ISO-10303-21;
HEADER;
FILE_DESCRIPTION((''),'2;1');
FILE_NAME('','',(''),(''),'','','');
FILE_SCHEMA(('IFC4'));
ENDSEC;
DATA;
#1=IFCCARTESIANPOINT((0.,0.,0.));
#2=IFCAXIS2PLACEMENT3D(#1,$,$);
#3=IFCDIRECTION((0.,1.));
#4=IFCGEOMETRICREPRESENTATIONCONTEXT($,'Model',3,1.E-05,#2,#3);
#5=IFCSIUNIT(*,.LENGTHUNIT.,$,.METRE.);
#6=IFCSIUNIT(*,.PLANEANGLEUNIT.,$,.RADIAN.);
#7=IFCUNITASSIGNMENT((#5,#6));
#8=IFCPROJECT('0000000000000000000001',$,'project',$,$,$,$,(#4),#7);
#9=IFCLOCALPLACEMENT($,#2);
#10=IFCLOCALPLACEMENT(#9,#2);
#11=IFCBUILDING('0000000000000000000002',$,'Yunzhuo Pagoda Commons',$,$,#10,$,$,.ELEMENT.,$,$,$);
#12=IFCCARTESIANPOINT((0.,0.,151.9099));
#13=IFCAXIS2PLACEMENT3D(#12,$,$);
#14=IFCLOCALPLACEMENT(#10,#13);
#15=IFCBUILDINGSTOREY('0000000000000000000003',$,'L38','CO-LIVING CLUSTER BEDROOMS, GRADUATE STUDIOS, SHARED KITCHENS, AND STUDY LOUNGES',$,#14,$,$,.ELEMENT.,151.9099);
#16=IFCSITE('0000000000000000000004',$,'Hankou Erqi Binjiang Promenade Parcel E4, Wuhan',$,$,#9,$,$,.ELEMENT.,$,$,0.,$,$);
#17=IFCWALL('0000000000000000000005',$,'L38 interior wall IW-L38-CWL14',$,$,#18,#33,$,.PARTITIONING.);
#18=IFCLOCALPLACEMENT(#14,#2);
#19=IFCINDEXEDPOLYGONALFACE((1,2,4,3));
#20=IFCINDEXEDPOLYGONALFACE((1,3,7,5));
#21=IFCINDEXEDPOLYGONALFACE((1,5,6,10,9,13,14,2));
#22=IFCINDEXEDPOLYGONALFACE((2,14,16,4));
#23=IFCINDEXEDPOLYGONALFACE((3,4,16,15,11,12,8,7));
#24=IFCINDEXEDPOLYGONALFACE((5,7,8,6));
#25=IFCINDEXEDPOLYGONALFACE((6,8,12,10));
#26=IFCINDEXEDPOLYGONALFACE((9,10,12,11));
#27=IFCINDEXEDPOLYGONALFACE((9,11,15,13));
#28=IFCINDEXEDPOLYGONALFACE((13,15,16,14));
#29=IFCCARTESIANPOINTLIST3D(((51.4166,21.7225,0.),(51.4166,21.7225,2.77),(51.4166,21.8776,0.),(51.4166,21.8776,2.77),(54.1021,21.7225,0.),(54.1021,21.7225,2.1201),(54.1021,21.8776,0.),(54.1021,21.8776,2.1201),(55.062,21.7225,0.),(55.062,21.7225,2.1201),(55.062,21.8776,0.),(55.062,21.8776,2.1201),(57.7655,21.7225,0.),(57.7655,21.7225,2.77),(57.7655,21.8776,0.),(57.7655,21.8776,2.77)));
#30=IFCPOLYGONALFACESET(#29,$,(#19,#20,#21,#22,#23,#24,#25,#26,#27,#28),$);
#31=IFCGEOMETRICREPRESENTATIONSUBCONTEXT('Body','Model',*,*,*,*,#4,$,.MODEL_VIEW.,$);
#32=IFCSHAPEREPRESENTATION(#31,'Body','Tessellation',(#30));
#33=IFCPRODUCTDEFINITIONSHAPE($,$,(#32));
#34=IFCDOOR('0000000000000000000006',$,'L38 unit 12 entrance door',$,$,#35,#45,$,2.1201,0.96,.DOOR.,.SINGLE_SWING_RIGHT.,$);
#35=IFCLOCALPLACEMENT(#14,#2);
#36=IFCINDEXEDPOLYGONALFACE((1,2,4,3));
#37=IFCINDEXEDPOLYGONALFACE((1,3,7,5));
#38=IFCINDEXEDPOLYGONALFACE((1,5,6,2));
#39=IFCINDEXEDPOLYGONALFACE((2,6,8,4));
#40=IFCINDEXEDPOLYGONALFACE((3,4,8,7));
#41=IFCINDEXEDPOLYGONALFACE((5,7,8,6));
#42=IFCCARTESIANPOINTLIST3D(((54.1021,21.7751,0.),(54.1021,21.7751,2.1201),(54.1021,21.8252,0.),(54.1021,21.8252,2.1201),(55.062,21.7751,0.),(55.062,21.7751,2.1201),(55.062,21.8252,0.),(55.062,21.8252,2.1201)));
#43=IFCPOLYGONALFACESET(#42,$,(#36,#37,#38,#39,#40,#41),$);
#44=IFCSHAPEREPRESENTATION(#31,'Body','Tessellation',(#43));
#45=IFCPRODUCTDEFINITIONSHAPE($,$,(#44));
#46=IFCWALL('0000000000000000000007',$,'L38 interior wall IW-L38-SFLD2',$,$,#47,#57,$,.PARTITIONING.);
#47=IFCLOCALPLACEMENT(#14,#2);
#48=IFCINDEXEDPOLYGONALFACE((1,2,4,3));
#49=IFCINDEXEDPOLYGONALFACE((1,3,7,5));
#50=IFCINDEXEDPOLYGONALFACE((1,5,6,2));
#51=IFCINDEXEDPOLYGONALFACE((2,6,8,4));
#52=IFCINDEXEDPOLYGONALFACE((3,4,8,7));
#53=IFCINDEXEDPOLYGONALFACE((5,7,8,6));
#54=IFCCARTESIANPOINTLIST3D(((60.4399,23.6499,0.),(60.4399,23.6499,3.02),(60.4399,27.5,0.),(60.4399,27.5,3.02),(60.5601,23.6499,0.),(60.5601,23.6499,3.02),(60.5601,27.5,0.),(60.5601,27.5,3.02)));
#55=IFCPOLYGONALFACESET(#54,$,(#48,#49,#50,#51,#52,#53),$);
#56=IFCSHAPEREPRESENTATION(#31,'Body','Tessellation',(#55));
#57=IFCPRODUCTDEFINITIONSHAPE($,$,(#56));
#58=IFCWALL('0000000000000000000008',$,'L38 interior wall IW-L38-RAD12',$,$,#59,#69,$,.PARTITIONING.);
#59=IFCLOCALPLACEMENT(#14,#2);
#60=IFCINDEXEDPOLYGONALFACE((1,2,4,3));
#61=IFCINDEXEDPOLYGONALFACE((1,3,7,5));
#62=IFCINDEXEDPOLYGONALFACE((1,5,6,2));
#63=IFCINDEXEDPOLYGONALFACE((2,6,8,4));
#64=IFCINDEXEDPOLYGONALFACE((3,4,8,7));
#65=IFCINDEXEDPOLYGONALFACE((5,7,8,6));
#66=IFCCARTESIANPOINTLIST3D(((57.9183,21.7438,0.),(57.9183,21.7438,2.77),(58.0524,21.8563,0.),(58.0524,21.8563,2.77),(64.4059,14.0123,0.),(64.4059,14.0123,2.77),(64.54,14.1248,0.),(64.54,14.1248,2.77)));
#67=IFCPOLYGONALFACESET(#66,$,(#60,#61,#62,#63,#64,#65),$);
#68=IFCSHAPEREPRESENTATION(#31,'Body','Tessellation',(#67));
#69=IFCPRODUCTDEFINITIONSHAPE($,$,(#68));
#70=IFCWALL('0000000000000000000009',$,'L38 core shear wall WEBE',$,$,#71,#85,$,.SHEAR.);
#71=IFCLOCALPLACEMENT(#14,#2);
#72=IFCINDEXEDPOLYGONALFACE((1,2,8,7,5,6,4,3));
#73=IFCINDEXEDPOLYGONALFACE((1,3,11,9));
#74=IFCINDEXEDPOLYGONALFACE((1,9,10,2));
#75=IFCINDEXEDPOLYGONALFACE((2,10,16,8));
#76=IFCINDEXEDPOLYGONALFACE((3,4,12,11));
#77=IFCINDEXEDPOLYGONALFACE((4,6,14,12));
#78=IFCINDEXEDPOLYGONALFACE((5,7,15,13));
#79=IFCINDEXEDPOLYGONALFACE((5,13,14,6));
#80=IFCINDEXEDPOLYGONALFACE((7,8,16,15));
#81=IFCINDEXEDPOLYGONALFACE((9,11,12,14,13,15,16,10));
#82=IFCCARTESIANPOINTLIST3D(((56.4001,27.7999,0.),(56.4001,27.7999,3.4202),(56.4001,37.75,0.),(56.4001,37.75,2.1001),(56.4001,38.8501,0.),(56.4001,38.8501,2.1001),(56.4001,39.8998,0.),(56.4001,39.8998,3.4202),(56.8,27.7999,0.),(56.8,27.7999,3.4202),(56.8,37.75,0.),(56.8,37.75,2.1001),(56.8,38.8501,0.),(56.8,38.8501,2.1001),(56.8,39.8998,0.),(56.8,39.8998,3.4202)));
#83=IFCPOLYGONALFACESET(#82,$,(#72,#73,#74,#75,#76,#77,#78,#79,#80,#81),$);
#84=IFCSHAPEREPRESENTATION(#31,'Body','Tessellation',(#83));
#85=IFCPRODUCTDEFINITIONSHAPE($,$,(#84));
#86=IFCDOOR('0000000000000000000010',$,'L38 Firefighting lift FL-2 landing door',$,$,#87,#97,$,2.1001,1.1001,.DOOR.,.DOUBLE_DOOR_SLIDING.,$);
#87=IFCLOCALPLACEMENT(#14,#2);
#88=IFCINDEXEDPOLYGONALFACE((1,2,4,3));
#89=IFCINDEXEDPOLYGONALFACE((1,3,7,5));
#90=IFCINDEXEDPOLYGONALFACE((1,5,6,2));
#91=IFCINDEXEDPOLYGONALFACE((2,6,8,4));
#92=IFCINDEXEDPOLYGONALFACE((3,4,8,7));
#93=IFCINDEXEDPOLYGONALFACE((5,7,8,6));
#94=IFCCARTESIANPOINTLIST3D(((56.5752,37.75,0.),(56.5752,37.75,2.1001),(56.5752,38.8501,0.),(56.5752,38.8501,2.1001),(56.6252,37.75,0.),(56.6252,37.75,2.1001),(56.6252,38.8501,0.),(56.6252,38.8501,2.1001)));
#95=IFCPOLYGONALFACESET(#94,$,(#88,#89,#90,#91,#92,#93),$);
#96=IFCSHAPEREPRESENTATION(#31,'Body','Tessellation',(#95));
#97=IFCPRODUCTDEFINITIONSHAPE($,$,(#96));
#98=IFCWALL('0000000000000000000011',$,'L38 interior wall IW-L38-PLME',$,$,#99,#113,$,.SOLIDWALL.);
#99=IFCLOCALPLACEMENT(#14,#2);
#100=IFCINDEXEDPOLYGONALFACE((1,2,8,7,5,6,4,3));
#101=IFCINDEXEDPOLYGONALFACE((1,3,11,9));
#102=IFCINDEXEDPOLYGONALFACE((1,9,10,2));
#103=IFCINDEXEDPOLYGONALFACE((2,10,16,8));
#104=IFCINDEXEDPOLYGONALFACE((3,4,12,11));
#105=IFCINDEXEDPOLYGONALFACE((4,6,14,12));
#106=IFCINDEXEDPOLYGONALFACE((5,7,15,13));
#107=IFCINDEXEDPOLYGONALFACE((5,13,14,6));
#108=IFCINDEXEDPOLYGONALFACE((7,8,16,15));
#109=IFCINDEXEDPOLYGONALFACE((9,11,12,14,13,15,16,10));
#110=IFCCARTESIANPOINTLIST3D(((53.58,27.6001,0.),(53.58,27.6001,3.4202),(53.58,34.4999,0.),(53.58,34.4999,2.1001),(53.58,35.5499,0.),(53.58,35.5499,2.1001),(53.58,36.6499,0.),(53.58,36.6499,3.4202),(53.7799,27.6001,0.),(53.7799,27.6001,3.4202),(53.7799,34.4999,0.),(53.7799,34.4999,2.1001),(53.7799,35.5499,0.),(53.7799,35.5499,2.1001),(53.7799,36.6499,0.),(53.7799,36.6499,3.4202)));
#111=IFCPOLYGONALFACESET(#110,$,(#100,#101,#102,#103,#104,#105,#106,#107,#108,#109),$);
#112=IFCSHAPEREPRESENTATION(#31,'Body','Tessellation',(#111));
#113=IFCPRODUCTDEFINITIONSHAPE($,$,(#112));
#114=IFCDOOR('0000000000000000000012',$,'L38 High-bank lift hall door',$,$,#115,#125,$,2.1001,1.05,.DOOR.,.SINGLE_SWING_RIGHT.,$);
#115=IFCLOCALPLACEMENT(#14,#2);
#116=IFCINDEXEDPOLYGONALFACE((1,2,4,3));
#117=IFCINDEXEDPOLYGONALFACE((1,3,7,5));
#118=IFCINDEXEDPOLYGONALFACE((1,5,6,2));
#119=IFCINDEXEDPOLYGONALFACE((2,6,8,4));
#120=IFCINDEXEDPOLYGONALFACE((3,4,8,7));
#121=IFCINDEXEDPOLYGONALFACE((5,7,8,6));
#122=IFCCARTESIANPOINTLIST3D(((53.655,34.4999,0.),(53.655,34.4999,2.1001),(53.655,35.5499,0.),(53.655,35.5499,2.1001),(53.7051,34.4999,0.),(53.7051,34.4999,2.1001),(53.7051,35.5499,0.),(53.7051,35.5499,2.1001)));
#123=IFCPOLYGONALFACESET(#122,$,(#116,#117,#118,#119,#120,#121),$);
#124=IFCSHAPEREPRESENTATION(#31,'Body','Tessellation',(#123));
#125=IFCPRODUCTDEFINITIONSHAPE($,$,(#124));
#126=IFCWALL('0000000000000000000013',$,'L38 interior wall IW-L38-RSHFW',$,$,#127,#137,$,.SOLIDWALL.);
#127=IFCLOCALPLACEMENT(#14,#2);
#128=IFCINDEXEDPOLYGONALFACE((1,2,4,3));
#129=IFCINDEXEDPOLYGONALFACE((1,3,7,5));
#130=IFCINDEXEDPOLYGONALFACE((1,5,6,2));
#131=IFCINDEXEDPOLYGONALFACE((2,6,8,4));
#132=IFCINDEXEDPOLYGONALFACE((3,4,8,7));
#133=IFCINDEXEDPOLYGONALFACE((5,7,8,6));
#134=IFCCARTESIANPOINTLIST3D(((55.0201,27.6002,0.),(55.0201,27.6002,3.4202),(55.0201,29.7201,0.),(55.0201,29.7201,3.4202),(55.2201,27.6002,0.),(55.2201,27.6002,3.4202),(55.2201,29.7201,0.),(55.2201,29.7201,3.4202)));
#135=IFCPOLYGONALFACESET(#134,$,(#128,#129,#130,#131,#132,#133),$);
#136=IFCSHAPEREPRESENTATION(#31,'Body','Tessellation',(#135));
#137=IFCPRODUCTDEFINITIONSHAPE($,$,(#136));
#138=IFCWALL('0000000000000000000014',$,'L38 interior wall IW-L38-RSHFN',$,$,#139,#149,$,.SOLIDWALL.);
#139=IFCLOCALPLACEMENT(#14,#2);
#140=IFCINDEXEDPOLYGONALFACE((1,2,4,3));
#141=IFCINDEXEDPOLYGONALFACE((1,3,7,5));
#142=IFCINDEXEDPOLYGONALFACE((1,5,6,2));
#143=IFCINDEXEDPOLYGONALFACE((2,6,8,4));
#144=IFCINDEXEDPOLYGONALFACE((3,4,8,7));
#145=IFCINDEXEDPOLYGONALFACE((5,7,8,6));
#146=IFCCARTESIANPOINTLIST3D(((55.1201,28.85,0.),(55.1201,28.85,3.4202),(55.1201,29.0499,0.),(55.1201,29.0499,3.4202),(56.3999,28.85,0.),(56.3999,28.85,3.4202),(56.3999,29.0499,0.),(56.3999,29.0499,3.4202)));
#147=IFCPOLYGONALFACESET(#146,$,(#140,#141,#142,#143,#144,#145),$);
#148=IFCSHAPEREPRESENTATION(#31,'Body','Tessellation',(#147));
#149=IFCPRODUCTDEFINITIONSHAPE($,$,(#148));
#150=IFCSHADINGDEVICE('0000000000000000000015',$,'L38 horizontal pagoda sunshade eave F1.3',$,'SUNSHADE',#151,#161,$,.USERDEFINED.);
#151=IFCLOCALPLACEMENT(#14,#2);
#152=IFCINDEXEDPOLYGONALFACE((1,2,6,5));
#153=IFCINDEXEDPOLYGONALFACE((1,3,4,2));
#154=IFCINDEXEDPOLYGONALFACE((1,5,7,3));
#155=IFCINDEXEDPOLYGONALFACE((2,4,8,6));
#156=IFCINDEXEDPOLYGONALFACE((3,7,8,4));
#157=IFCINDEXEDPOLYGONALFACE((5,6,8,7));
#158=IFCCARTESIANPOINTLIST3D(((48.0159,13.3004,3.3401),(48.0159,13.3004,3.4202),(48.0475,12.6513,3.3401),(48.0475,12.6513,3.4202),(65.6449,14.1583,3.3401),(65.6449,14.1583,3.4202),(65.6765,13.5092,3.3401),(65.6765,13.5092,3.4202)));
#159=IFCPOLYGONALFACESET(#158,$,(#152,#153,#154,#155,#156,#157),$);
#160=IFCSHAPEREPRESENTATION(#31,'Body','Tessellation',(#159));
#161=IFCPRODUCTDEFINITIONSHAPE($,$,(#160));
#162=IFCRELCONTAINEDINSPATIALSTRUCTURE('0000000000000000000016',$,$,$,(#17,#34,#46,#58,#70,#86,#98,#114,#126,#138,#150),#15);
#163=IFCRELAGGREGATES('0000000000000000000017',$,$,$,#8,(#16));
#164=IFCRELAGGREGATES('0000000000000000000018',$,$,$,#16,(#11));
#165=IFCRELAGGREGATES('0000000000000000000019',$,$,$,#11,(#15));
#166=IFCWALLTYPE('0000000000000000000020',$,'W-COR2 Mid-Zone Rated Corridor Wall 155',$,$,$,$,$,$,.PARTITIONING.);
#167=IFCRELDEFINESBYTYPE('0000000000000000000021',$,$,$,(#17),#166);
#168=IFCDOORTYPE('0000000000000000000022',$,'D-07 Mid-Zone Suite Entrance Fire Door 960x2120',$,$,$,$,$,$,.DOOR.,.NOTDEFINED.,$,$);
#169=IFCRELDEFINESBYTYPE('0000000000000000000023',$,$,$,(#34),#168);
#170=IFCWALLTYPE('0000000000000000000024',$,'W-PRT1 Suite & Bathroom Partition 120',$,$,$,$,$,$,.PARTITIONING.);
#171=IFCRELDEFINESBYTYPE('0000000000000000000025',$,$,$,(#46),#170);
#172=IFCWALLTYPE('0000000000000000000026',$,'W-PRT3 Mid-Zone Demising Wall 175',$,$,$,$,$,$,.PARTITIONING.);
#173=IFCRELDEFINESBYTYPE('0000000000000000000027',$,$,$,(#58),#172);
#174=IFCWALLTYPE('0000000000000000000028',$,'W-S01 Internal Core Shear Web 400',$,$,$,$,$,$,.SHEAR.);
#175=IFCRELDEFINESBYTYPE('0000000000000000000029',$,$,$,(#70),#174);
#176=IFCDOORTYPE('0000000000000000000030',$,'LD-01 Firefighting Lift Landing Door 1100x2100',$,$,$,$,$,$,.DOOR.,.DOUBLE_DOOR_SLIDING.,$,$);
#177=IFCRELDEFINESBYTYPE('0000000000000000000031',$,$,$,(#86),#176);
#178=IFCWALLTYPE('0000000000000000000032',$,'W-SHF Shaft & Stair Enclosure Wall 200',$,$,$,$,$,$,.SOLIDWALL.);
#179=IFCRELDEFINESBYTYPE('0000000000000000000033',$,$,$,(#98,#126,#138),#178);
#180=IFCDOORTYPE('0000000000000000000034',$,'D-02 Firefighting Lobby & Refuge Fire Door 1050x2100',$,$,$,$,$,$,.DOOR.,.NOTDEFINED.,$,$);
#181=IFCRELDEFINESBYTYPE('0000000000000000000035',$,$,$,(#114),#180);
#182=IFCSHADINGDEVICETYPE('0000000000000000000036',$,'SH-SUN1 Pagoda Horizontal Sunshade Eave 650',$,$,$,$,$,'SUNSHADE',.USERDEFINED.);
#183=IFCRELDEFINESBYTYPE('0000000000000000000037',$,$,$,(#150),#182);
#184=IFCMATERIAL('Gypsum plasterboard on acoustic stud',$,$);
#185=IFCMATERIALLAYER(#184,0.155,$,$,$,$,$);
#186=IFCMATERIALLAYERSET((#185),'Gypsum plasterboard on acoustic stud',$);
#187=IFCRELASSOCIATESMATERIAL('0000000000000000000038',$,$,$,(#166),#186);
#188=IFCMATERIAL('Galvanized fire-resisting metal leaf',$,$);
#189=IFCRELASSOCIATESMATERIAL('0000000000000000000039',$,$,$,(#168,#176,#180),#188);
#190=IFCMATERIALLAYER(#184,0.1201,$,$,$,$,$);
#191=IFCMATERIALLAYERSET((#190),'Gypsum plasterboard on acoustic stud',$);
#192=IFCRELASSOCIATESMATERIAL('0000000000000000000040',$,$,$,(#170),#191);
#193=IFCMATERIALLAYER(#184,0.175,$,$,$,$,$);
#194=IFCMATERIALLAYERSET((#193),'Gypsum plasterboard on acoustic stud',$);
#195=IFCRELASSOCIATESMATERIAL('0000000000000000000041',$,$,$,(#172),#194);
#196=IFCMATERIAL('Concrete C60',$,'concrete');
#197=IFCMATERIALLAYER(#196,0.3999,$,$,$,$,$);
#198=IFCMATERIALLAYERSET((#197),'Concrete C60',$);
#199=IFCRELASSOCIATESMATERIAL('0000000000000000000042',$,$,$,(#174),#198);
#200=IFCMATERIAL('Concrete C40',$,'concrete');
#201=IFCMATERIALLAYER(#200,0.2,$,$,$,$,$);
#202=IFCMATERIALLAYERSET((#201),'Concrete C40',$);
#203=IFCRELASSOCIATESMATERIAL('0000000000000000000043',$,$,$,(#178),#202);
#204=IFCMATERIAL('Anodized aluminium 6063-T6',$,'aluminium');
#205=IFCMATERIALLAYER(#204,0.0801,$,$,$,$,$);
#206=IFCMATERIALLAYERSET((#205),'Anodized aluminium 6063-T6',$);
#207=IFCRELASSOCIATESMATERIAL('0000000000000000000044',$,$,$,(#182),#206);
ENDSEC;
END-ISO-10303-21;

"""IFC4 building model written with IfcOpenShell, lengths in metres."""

from ifc_helpers import new_model, si_unit, direction, frame, frame_2d, origin, origin_with_axes, origin_2d, place, context, subcontext, project, spatial, rectangle, extrude, source, transform, mapped, material, layer, layer_set, type_object, element, fill, save


model = new_model("IFC4")

# Units and contexts
model_context = context("Model", 3, precision=1e-05, world=origin(), true_north=direction((0.0, 1.0)))
body_context = subcontext(model_context, "Body", "Model", "MODEL_VIEW")
ifc_project = project(units=[si_unit("LENGTHUNIT", "METRE"), si_unit("PLANEANGLEUNIT", "RADIAN")], contexts=[model_context])

# Site, building, storey
site_placement = place(None, origin())
site = spatial("IfcSite", under=ifc_project, at=site_placement, Name="Hankou Erqi Binjiang Promenade Parcel E4, Wuhan", CompositionType="ELEMENT", RefElevation=0.0)
building_placement = place(site_placement, origin())
building = spatial("IfcBuilding", under=site, at=building_placement, Name="Yunzhuo Pagoda Commons", CompositionType="ELEMENT")
storey_placement = place(building_placement, frame((0.0, 0.0, 151.9099)))
storey = spatial("IfcBuildingStorey", under=building, at=storey_placement, Name="L38", Description="CO-LIVING CLUSTER BEDROOMS, GRADUATE STUDIOS, SHARED KITCHENS, AND STUDY LOUNGES", CompositionType="ELEMENT", Elevation=151.9099)

# Shared definitions
ifc_material_1 = material(Name="Anodized aluminium 6063-T6", Category="aluminium")

# Shared definitions
ifc_material_2 = material(Name="Concrete C60", Category="concrete")

# Wall, opening, door
ifc_material_3 = material(Name="Gypsum plasterboard on acoustic stud")
ifc_layer_1 = layer(ifc_material_3, 0.155)
ifc_layer_set_1 = layer_set([ifc_layer_1], Name="Gypsum plasterboard on acoustic stud")
wall_type_1 = type_object("IfcWallType", Name="W-COR2 Mid-Zone Rated Corridor Wall 155", PredefinedType="PARTITIONING", material=ifc_layer_set_1)
wall_1_placement = place(storey_placement, frame((57.7654, 21.8, 0.0), z_axis=(0.0, 0.0, 1.0), x_axis=(-1.0, 0.0, 0.0)))
wall_1 = element("IfcWall", 1, at=wall_1_placement, inside=storey, type_object=wall_type_1, Name="L38 interior wall IW-L38-CWL14", PredefinedType="PARTITIONING", context=body_context, shape_type="SweptSolid", body=[
    extrude(rectangle(XDim=6.3489, YDim=0.155, at=frame_2d((3.1743, 0.0))), origin(), (0.0, 0.0, 1.0), 2.77),
])
opening_1_placement = place(wall_1_placement, frame((2.7034, 0.0, 0.0)))
opening_1 = element("IfcOpeningElement", 2, at=opening_1_placement, cuts=wall_1, PredefinedType="OPENING", context=body_context, shape_type="SweptSolid", body=[
    extrude(rectangle(XDim=0.96, YDim=2.1201, at=frame_2d((0.48, 1.0601))), frame((0.0, 0.0874, 0.0), z_axis=(0.0, -1.0, 0.0), x_axis=(1.0, 0.0, 0.0)), (0.0, 0.0, 1.0), 0.175),
])
ifc_material_4 = material(Name="Galvanized fire-resisting metal leaf")
door_type_1 = type_object("IfcDoorType", Name="D-07 Mid-Zone Suite Entrance Fire Door 960x2120", OperationType="NOTDEFINED", PredefinedType="DOOR", material=ifc_material_4)
shared_shape_1 = source(origin(), body_context, "Body", "SweptSolid", [
    extrude(rectangle(XDim=0.96, YDim=2.1201, at=frame_2d((0.48, 1.0601))), frame((0.0, 0.0249, 0.0), z_axis=(0.0, -1.0, 0.0), x_axis=(1.0, 0.0, 0.0)), (0.0, 0.0, 1.0), 0.05),
])
door_1_placement = place(opening_1_placement, origin_with_axes())
door_1 = element("IfcDoor", 3, at=door_1_placement, inside=storey, type_object=door_type_1, Name="L38 unit 12 entrance door", OperationType="SINGLE_SWING_RIGHT", OverallHeight=2.1201, OverallWidth=0.96, PredefinedType="DOOR", context=body_context, shape_type="MappedRepresentation", body=[
    mapped(shared_shape_1, transform((0.0, 0.0, 0.0), scale=1.0)),
])
fill(opening_1, door_1)

# Walls
ifc_layer_2 = layer(ifc_material_3, 0.1201)
ifc_layer_set_2 = layer_set([ifc_layer_2], Name="Gypsum plasterboard on acoustic stud")
wall_type_2 = type_object("IfcWallType", Name="W-PRT1 Suite & Bathroom Partition 120", PredefinedType="PARTITIONING", material=ifc_layer_set_2)
wall_2_placement = place(storey_placement, frame((60.5, 23.6499, 0.0), z_axis=(0.0, 0.0, 1.0), x_axis=(0.0, 1.0, 0.0)))
element("IfcWall", 4, at=wall_2_placement, inside=storey, type_object=wall_type_2, Name="L38 interior wall IW-L38-SFLD2", PredefinedType="PARTITIONING", context=body_context, shape_type="SweptSolid", body=[
    extrude(rectangle(XDim=3.8501, YDim=0.1201, at=frame_2d((1.925, 0.0))), origin(), (0.0, 0.0, 1.0), 3.02),
])
ifc_layer_3 = layer(ifc_material_3, 0.175)
ifc_layer_set_3 = layer_set([ifc_layer_3], Name="Gypsum plasterboard on acoustic stud")
wall_type_3 = type_object("IfcWallType", Name="W-PRT3 Mid-Zone Demising Wall 175", PredefinedType="PARTITIONING", material=ifc_layer_set_3)
wall_3_placement = place(storey_placement, frame((57.9854, 21.8, 0.0), z_axis=(0.0, 0.0, 1.0), x_axis=(0.642793, -0.76604, 0.0)))
element("IfcWall", 5, at=wall_3_placement, inside=storey, type_object=wall_type_3, Name="L38 interior wall IW-L38-RAD12", PredefinedType="PARTITIONING", context=body_context, shape_type="SweptSolid", body=[
    extrude(rectangle(XDim=10.0928, YDim=0.175, at=frame_2d((5.0464, 0.0))), origin(), (0.0, 0.0, 1.0), 2.77),
])

# Walls, openings, doors
ifc_layer_4 = layer(ifc_material_2, 0.3999)
ifc_layer_set_4 = layer_set([ifc_layer_4], Name="Concrete C60")
wall_type_4 = type_object("IfcWallType", Name="W-S01 Internal Core Shear Web 400", PredefinedType="SHEAR", material=ifc_layer_set_4)
wall_4_placement = place(storey_placement, frame((56.6001, 27.8, 0.0), z_axis=(0.0, 0.0, 1.0), x_axis=(0.0, 1.0, 0.0)))
wall_4 = element("IfcWall", 6, at=wall_4_placement, inside=storey, type_object=wall_type_4, Name="L38 core shear wall WEBE", PredefinedType="SHEAR", context=body_context, shape_type="SweptSolid", body=[
    extrude(rectangle(XDim=12.0999, YDim=0.3999, at=frame_2d((6.0498, 0.0))), origin(), (0.0, 0.0, 1.0), 3.4202),
])
opening_2_placement = place(wall_4_placement, frame((9.95, 0.0, 0.0)))
opening_2 = element("IfcOpeningElement", 7, at=opening_2_placement, cuts=wall_4, PredefinedType="OPENING", context=body_context, shape_type="SweptSolid", body=[
    extrude(rectangle(XDim=1.1001, YDim=2.1001, at=frame_2d((0.55, 1.05))), frame((0.0, 0.21, 0.0), z_axis=(0.0, -1.0, 0.0), x_axis=(1.0, 0.0, 0.0)), (0.0, 0.0, 1.0), 0.4199),
])
door_type_2 = type_object("IfcDoorType", Name="LD-01 Firefighting Lift Landing Door 1100x2100", OperationType="DOUBLE_DOOR_SLIDING", PredefinedType="DOOR", material=ifc_material_4)
shared_shape_2 = source(origin(), body_context, "Body", "SweptSolid", [
    extrude(rectangle(XDim=1.1001, YDim=2.1001, at=frame_2d((0.55, 1.05))), frame((0.0, 0.0249, 0.0), z_axis=(0.0, -1.0, 0.0), x_axis=(1.0, 0.0, 0.0)), (0.0, 0.0, 1.0), 0.05),
])
door_2_placement = place(opening_2_placement, origin_with_axes())
door_2 = element("IfcDoor", 8, at=door_2_placement, inside=storey, type_object=door_type_2, Name="L38 Firefighting lift FL-2 landing door", OperationType="DOUBLE_DOOR_SLIDING", OverallHeight=2.1001, OverallWidth=1.1001, PredefinedType="DOOR", context=body_context, shape_type="MappedRepresentation", body=[
    mapped(shared_shape_2, transform((0.0, 0.0, 0.0), scale=1.0)),
])
fill(opening_2, door_2)
ifc_material_5 = material(Name="Concrete C40", Category="concrete")
ifc_layer_5 = layer(ifc_material_5, 0.2)
ifc_layer_set_5 = layer_set([ifc_layer_5], Name="Concrete C40")
wall_type_5 = type_object("IfcWallType", Name="W-SHF Shaft & Stair Enclosure Wall 200", PredefinedType="SOLIDWALL", material=ifc_layer_set_5)
wall_5_placement = place(storey_placement, frame((53.6799, 27.6001, 0.0), z_axis=(0.0, 0.0, 1.0), x_axis=(0.0, 1.0, 0.0)))
wall_5 = element("IfcWall", 9, at=wall_5_placement, inside=storey, type_object=wall_type_5, Name="L38 interior wall IW-L38-PLME", PredefinedType="SOLIDWALL", context=body_context, shape_type="SweptSolid", body=[
    extrude(rectangle(XDim=9.0498, YDim=0.2, at=frame_2d((4.5249, 0.0))), origin(), (0.0, 0.0, 1.0), 3.4202),
])
opening_3_placement = place(wall_5_placement, frame((6.8999, 0.0, 0.0)))
opening_3 = element("IfcOpeningElement", 10, at=opening_3_placement, cuts=wall_5, PredefinedType="OPENING", context=body_context, shape_type="SweptSolid", body=[
    extrude(rectangle(XDim=1.05, YDim=2.1001, at=frame_2d((0.5249, 1.05))), frame((0.0, 0.1099, 0.0), z_axis=(0.0, -1.0, 0.0), x_axis=(1.0, 0.0, 0.0)), (0.0, 0.0, 1.0), 0.22),
])
door_type_3 = type_object("IfcDoorType", Name="D-02 Firefighting Lobby & Refuge Fire Door 1050x2100", OperationType="NOTDEFINED", PredefinedType="DOOR", material=ifc_material_4)
shared_shape_3 = source(origin(), body_context, "Body", "SweptSolid", [
    extrude(rectangle(XDim=1.05, YDim=2.1001, at=frame_2d((0.5249, 1.05))), frame((0.0, 0.0249, 0.0), z_axis=(0.0, -1.0, 0.0), x_axis=(1.0, 0.0, 0.0)), (0.0, 0.0, 1.0), 0.05),
])
door_3_placement = place(opening_3_placement, origin_with_axes())
door_3 = element("IfcDoor", 11, at=door_3_placement, inside=storey, type_object=door_type_3, Name="L38 High-bank lift hall door", OperationType="SINGLE_SWING_RIGHT", OverallHeight=2.1001, OverallWidth=1.05, PredefinedType="DOOR", context=body_context, shape_type="MappedRepresentation", body=[
    mapped(shared_shape_3, transform((0.0, 0.0, 0.0), scale=1.0)),
])
fill(opening_3, door_3)

# Walls
wall_6_placement = place(storey_placement, frame((55.1201, 27.6001, 0.0), z_axis=(0.0, 0.0, 1.0), x_axis=(0.0, 1.0, 0.0)))
element("IfcWall", 12, at=wall_6_placement, inside=storey, type_object=wall_type_5, Name="L38 interior wall IW-L38-RSHFW", PredefinedType="SOLIDWALL", context=body_context, shape_type="SweptSolid", body=[
    extrude(rectangle(XDim=2.1199, YDim=0.2, at=frame_2d((1.0601, 0.0))), origin(), (0.0, 0.0, 1.0), 3.4202),
])
wall_7_placement = place(storey_placement, frame((55.1201, 28.95, 0.0), z_axis=(0.0, 0.0, 1.0), x_axis=(1.0, 0.0, 0.0)))
element("IfcWall", 13, at=wall_7_placement, inside=storey, type_object=wall_type_5, Name="L38 interior wall IW-L38-RSHFN", PredefinedType="SOLIDWALL", context=body_context, shape_type="SweptSolid", body=[
    extrude(rectangle(XDim=1.2798, YDim=0.2, at=frame_2d((0.6399, 0.0))), origin(), (0.0, 0.0, 1.0), 3.4202),
])

# Shading device
ifc_layer_6 = layer(ifc_material_1, 0.0801)
ifc_layer_set_6 = layer_set([ifc_layer_6], Name="Anodized aluminium 6063-T6")
shading_device_type = type_object("IfcShadingDeviceType", Name="SH-SUN1 Pagoda Horizontal Sunshade Eave 650", ElementType="SUNSHADE", PredefinedType="USERDEFINED", material=ifc_layer_set_6)
shared_shape_4 = source(origin(), body_context, "Body", "SweptSolid", [
    extrude(rectangle(XDim=17.6499, YDim=0.6499, at=origin_2d()), origin(), (0.0, 0.0, 1.0), 0.0801),
])
shading_device_placement = place(storey_placement, frame((56.8462, 13.4048, 3.3401), z_axis=(0.0, 0.0, 1.0), x_axis=(0.998818, 0.048606, 0.0)))
element("IfcShadingDevice", 14, at=shading_device_placement, inside=storey, type_object=shading_device_type, Name="L38 horizontal pagoda sunshade eave F1.3", ObjectType="SUNSHADE", PredefinedType="USERDEFINED", context=body_context, shape_type="MappedRepresentation", body=[
    mapped(shared_shape_4, transform((0.0, 0.0, 0.0), scale=1.0)),
])

save(model, "model.ifc")
